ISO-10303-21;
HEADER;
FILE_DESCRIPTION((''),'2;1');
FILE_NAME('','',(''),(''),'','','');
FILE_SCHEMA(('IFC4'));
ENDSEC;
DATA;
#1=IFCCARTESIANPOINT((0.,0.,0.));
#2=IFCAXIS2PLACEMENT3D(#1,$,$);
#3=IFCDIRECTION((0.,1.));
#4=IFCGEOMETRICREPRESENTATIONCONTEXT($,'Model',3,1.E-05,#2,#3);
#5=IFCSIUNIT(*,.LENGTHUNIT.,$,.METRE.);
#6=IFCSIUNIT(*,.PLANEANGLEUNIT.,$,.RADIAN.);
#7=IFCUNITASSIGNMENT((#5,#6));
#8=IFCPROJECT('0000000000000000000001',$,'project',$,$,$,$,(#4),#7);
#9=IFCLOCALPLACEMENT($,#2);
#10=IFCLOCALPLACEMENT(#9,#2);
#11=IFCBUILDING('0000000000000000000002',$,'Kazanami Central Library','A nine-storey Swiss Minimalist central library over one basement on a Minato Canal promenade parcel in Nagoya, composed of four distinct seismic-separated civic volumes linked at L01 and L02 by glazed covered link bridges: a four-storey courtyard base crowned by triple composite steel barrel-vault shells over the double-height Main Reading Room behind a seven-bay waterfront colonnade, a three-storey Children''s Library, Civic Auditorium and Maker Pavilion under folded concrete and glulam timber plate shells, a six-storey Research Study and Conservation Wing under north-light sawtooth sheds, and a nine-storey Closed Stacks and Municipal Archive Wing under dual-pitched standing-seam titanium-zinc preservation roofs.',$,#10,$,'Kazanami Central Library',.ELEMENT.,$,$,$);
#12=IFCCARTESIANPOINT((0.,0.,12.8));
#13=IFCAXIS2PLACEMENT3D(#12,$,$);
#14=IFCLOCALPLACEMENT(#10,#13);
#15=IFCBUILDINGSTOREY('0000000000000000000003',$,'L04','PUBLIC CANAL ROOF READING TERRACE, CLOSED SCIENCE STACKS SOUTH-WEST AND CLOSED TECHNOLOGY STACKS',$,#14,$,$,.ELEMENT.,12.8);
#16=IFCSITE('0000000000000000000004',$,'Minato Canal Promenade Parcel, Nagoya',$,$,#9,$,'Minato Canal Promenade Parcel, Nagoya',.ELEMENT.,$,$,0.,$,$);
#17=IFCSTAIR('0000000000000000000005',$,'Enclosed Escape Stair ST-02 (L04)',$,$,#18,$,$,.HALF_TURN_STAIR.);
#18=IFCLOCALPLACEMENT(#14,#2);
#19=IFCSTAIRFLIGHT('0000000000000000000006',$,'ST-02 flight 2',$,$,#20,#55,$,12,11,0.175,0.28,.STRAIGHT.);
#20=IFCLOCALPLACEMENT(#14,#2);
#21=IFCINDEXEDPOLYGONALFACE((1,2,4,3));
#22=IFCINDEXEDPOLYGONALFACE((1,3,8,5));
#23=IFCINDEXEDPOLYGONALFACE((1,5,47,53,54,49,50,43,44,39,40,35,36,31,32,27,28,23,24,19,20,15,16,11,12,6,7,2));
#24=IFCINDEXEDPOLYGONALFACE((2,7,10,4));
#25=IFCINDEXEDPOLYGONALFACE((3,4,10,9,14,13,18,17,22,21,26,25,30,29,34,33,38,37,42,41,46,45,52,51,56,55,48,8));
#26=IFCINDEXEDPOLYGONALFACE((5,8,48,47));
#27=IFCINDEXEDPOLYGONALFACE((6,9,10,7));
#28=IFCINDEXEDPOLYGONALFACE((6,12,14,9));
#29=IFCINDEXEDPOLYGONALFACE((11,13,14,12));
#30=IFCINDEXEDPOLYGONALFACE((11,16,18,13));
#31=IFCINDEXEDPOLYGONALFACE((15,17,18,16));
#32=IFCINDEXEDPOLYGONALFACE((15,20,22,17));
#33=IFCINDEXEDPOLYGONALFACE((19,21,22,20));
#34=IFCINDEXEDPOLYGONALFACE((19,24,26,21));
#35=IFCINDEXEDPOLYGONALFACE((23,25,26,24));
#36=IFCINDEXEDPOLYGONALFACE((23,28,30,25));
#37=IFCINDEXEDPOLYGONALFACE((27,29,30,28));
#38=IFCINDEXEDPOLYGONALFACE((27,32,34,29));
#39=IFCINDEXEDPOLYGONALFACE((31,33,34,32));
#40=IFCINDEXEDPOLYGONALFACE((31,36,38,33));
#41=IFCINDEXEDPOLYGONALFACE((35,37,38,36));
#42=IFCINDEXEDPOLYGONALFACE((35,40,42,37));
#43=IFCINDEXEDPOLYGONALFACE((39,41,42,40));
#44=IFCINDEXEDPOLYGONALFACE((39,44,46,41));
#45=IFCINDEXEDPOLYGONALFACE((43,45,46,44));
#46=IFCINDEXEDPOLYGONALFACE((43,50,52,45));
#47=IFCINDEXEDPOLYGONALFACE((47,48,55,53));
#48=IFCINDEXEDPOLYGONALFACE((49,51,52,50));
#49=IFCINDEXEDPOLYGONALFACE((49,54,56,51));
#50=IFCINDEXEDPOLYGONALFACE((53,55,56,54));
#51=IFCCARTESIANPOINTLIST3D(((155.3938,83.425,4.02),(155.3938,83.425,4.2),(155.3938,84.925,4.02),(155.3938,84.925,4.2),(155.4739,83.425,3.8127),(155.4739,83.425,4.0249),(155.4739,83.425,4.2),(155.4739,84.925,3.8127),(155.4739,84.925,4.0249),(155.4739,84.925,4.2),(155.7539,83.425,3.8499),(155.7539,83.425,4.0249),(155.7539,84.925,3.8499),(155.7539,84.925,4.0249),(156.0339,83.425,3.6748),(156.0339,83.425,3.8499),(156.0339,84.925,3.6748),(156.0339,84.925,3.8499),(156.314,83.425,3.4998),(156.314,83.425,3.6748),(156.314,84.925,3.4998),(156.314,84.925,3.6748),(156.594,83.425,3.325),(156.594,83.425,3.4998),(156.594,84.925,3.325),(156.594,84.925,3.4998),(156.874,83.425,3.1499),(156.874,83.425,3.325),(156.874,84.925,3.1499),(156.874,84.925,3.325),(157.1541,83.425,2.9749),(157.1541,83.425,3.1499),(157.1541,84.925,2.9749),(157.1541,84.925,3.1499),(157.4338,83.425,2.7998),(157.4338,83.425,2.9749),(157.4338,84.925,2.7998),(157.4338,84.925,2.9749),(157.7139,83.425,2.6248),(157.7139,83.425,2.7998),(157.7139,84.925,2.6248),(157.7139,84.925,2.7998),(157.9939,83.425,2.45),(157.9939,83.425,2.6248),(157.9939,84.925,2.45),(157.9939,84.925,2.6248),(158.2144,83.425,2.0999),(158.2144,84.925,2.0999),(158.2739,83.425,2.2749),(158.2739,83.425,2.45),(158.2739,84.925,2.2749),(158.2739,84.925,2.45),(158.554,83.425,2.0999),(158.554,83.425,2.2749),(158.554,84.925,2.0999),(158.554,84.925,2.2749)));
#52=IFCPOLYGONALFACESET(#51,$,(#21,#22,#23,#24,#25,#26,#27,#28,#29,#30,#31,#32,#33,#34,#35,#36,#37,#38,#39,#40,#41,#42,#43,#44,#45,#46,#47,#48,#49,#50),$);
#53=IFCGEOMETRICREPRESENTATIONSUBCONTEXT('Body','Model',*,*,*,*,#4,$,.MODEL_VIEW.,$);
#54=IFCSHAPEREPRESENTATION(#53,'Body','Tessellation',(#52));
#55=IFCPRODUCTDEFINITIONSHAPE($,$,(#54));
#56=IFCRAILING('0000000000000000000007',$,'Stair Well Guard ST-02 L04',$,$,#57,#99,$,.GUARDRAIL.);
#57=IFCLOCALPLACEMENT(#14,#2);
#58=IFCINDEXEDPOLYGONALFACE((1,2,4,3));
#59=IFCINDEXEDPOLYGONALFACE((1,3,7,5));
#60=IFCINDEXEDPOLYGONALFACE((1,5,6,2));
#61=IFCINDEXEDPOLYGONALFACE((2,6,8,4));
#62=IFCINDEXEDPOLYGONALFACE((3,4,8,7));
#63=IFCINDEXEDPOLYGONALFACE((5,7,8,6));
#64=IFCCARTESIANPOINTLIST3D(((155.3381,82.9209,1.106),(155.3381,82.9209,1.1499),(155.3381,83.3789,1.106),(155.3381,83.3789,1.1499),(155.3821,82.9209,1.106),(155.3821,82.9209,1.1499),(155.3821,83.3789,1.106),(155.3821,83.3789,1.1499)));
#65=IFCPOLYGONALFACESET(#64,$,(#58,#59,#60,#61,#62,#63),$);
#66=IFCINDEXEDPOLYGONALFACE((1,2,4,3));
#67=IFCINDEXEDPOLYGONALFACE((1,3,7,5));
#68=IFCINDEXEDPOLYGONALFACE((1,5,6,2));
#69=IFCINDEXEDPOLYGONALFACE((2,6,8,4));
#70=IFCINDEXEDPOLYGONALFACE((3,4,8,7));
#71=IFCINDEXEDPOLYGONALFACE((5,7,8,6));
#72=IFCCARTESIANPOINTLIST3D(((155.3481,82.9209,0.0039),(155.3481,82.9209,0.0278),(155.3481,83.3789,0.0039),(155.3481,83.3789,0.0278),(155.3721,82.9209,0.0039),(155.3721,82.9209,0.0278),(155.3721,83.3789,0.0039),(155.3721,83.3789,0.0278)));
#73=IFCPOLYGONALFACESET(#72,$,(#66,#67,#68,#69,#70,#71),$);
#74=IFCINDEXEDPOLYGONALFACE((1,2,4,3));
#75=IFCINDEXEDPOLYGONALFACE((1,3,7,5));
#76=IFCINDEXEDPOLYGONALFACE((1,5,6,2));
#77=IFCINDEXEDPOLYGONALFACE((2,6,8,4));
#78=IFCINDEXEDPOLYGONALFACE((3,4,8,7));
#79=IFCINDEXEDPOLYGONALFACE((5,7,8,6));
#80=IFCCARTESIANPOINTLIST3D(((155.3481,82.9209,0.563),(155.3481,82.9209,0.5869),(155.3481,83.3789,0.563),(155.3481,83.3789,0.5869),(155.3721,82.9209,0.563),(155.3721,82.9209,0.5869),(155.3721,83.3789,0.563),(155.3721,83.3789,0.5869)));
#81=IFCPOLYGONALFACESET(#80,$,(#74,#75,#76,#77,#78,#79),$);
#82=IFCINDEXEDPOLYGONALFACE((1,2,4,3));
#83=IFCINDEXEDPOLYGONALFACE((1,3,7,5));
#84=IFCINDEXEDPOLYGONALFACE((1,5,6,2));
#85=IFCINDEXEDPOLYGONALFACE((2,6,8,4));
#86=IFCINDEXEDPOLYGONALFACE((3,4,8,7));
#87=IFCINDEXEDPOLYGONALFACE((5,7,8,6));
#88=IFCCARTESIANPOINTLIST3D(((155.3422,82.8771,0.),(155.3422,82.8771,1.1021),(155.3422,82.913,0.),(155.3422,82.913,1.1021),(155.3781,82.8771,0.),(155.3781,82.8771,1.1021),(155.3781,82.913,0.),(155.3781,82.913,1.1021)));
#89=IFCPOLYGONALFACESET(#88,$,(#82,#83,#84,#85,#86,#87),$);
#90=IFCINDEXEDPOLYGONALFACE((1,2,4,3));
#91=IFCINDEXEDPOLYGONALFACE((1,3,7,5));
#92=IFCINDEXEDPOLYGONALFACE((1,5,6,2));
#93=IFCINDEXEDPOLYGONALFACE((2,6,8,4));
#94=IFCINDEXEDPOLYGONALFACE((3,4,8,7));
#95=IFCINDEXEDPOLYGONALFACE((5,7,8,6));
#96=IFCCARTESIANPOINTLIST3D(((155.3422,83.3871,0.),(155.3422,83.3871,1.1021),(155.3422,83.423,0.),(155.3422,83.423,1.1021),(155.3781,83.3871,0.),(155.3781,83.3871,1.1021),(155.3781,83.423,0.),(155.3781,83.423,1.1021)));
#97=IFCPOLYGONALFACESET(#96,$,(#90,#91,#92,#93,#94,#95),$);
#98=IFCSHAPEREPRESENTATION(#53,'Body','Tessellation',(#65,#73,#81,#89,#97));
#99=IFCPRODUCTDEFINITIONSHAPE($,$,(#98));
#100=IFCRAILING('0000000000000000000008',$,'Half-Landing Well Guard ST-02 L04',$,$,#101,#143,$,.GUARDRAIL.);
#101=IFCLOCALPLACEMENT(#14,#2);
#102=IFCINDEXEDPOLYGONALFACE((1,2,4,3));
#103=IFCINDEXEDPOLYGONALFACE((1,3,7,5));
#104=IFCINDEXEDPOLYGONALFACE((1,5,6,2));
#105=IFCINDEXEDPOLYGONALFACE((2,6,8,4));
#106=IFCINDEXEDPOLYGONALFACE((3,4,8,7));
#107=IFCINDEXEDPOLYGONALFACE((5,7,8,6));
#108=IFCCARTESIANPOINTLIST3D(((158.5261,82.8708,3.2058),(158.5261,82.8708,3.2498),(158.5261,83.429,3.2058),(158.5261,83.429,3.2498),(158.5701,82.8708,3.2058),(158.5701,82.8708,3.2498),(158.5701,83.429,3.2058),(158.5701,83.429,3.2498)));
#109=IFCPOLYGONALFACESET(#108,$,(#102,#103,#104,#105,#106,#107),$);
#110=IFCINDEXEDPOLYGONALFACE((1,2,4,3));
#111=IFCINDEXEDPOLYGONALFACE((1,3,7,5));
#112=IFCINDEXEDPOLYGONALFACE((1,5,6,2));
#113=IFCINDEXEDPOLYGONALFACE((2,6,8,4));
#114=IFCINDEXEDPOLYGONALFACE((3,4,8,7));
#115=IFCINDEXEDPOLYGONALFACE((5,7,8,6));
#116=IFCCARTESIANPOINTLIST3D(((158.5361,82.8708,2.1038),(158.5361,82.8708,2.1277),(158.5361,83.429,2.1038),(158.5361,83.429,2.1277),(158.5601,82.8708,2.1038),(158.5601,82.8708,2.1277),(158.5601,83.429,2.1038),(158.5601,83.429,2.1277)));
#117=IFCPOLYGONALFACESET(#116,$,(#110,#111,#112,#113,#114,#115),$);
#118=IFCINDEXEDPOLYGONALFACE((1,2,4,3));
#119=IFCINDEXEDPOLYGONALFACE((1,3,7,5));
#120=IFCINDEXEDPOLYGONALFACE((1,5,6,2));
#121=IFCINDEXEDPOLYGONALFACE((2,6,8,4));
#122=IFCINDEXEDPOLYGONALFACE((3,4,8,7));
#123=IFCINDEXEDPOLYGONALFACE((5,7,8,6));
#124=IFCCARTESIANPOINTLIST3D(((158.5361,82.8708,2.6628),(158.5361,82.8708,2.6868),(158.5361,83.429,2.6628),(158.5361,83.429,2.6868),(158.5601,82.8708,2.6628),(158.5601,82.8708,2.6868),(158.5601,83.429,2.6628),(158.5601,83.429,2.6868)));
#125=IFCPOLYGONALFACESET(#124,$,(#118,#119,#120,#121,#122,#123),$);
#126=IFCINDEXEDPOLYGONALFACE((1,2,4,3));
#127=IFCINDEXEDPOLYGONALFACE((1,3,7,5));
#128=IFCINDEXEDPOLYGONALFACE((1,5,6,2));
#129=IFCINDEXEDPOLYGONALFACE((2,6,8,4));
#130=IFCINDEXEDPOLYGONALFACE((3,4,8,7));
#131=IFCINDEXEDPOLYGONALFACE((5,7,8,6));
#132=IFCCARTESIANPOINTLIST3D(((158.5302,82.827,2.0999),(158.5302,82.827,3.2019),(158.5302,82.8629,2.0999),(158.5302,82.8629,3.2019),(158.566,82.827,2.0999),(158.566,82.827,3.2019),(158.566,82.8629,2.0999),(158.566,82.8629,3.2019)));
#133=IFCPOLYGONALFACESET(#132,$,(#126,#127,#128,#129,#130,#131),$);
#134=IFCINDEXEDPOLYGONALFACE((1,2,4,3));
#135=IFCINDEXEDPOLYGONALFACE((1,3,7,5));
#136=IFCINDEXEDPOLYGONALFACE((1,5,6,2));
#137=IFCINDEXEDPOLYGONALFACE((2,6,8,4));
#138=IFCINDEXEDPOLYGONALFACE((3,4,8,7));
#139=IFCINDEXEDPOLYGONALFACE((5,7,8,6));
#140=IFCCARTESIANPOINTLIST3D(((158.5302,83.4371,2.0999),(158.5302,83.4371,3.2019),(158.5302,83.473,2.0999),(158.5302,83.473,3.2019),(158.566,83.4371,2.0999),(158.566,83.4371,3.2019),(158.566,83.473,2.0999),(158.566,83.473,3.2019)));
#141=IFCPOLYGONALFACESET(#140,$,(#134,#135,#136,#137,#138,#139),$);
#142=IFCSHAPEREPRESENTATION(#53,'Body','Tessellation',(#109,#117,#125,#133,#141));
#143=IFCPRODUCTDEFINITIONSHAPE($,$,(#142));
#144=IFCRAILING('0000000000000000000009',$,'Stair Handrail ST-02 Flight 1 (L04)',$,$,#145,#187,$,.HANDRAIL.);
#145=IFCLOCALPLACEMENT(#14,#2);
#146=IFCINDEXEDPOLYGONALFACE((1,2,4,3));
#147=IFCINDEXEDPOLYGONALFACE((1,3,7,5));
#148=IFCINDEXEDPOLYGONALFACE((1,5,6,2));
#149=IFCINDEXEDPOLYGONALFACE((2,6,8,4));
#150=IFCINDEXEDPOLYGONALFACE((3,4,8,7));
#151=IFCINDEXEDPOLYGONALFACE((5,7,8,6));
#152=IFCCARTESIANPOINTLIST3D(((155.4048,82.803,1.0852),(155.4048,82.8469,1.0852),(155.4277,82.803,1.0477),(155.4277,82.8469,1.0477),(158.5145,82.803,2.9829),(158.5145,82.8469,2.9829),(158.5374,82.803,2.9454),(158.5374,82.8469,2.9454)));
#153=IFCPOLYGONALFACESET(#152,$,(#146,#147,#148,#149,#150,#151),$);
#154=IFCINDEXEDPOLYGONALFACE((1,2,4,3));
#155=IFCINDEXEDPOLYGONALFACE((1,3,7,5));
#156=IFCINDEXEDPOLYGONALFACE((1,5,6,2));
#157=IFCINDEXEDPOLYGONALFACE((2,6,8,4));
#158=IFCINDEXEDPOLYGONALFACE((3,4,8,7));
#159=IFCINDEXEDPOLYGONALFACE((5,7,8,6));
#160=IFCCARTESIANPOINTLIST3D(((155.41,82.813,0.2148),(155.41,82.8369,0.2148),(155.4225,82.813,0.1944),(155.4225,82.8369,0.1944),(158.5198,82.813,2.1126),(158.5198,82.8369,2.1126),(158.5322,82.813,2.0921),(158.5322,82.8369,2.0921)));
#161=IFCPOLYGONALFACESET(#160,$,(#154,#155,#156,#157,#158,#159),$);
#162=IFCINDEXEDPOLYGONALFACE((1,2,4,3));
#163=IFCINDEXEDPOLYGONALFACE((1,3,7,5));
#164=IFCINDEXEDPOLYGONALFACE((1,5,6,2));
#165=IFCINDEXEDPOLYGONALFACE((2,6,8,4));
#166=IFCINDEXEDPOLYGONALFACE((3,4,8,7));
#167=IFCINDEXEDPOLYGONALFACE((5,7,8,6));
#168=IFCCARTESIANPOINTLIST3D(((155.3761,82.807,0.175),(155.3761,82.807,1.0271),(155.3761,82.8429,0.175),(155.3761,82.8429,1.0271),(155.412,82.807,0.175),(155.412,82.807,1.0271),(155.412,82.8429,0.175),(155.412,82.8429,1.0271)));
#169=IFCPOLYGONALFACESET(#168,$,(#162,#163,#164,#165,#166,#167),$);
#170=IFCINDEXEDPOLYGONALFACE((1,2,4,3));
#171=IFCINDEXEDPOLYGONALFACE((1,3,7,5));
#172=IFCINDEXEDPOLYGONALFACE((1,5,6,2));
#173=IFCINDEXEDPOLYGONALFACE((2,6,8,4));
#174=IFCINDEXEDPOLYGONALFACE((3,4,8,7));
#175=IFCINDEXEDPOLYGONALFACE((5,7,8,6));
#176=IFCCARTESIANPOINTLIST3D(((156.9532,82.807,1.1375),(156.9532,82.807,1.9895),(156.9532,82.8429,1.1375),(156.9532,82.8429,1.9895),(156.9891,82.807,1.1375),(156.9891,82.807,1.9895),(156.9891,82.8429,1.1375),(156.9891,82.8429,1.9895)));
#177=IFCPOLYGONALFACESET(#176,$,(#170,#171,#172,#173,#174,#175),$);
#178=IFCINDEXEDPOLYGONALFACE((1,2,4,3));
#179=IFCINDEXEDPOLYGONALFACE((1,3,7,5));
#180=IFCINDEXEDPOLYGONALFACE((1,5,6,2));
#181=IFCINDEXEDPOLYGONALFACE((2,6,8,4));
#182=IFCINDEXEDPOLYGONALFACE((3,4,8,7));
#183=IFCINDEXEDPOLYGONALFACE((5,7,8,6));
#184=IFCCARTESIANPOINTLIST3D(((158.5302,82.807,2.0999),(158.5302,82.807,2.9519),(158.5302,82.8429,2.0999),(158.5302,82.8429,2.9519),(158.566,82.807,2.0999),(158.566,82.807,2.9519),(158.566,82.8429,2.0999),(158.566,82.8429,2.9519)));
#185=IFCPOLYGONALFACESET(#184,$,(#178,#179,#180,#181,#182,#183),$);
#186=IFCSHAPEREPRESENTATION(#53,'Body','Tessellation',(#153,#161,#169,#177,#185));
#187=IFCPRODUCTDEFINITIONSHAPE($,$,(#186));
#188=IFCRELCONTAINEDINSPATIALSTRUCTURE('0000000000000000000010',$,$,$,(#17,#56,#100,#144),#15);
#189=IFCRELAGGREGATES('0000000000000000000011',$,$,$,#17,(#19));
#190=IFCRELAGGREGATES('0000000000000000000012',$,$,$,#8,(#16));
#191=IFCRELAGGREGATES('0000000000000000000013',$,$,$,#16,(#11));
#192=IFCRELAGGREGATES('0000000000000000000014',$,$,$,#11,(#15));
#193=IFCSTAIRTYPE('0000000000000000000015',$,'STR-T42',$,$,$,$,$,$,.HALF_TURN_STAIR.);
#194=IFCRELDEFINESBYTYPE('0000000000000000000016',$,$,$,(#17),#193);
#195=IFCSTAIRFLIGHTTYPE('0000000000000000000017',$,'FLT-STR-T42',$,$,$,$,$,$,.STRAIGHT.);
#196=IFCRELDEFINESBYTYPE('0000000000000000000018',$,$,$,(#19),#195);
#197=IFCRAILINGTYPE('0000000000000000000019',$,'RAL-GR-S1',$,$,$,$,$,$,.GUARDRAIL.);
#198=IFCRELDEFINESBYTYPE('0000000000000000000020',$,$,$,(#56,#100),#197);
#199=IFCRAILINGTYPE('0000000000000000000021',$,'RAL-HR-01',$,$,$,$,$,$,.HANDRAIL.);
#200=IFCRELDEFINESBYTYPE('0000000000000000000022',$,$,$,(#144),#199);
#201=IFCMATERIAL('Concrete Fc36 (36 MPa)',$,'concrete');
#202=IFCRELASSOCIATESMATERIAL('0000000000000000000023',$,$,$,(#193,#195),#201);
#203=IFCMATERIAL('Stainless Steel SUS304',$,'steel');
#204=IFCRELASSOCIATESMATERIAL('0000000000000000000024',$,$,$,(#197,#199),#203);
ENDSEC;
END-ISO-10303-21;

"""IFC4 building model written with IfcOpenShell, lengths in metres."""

from ifc_helpers import new_model, si_unit, direction, frame, origin, origin_2d, place, context, subcontext, project, spatial, polyline, rectangle, outline, extrude, material, type_object, element, aggregate, save


model = new_model("IFC4")

# Units and contexts
model_context = context("Model", 3, precision=1e-05, world=origin(), true_north=direction((0.0, 1.0)))
body_context = subcontext(model_context, "Body", "Model", "MODEL_VIEW")
ifc_project = project(units=[si_unit("LENGTHUNIT", "METRE"), si_unit("PLANEANGLEUNIT", "RADIAN")], contexts=[model_context])

# Site, building, storey
site_placement = place(None, origin())
site = spatial("IfcSite", under=ifc_project, at=site_placement, Name="Minato Canal Promenade Parcel, Nagoya", LongName="Minato Canal Promenade Parcel, Nagoya", CompositionType="ELEMENT", RefElevation=0.0)
building_placement = place(site_placement, origin())
building = spatial("IfcBuilding", under=site, at=building_placement, Name="Kazanami Central Library", Description="A nine-storey Swiss Minimalist central library over one basement on a Minato Canal promenade parcel in Nagoya, composed of four distinct seismic-separated civic volumes linked at L01 and L02 by glazed covered link bridges: a four-storey courtyard base crowned by triple composite steel barrel-vault shells over the double-height Main Reading Room behind a seven-bay waterfront colonnade, a three-storey Children's Library, Civic Auditorium and Maker Pavilion under folded concrete and glulam timber plate shells, a six-storey Research Study and Conservation Wing under north-light sawtooth sheds, and a nine-storey Closed Stacks and Municipal Archive Wing under dual-pitched standing-seam titanium-zinc preservation roofs.", LongName="Kazanami Central Library", CompositionType="ELEMENT")
storey_placement = place(building_placement, frame((0.0, 0.0, 12.8)))
storey = spatial("IfcBuildingStorey", under=building, at=storey_placement, Name="L04", Description="PUBLIC CANAL ROOF READING TERRACE, CLOSED SCIENCE STACKS SOUTH-WEST AND CLOSED TECHNOLOGY STACKS", CompositionType="ELEMENT", Elevation=12.8)

# Shared definitions
ifc_material_1 = material(Name="Concrete Fc36 (36 MPa)", Category="concrete")

# Stair, stair flight
stair_type = type_object("IfcStairType", Name="STR-T42", PredefinedType="HALF_TURN_STAIR", material=ifc_material_1)
stair_placement = place(storey_placement, origin())
stair = element("IfcStair", 1, at=stair_placement, inside=storey, type_object=stair_type, Name="Enclosed Escape Stair ST-02 (L04)", PredefinedType="HALF_TURN_STAIR")
stair_flight_type = type_object("IfcStairFlightType", Name="FLT-STR-T42", PredefinedType="STRAIGHT", material=ifc_material_1)
stair_flight_1_placement = place(storey_placement, frame((158.554, 84.175, 2.0999), z_axis=(0.0, 0.0, 1.0), x_axis=(-1.0, 0.0, 0.0)))
stair_flight_1 = element("IfcStairFlight", 2, at=stair_flight_1_placement, type_object=stair_flight_type, Name="ST-02 flight 2", NumberOfRisers=12, NumberOfTreads=11, PredefinedType="STRAIGHT", RiserHeight=0.175, TreadLength=0.28, context=body_context, shape_type="SweptSolid", body=[
    extrude(outline(polyline([(0.0, 0.0), (0.0, 0.175), (0.28, 0.175), (0.28, 0.3501), (0.5601, 0.3501), (0.5601, 0.5249), (0.8401, 0.5249), (0.8401, 0.7), (1.1201, 0.7), (1.1201, 0.875), (1.3999, 0.875), (1.3999, 1.05), (1.6799, 1.05), (1.6799, 1.2251), (1.96, 1.2251), (1.96, 1.3999), (2.24, 1.3999), (2.24, 1.575), (2.52, 1.575), (2.52, 1.75), (2.8, 1.75), (2.8, 1.925), (3.0801, 1.925), (3.0801, 2.1001), (3.1602, 2.1001), (3.1602, 1.9202), (3.0801, 1.7129), (0.3396, 0.0), (0.0, 0.0)])), frame((0.0, 0.75, 0.0), z_axis=(0.0, -1.0, 0.0), x_axis=(1.0, 0.0, 0.0)), (0.0, 0.0, 1.0), 1.5),
])
aggregate(stair, [stair_flight_1])

# Railings
ifc_material_2 = material(Name="Stainless Steel SUS304", Category="steel")
railing_type_1 = type_object("IfcRailingType", Name="RAL-GR-S1", PredefinedType="GUARDRAIL", material=ifc_material_2)
railing_1_placement = place(storey_placement, frame((155.3601, 82.895, 0.0)))
element("IfcRailing", 3, at=railing_1_placement, inside=storey, type_object=railing_type_1, Name="Stair Well Guard ST-02 L04", PredefinedType="GUARDRAIL", context=body_context, shape_type="SweptSolid", body=[
    extrude(rectangle(XDim=0.0439, YDim=0.0439, at=origin_2d()), frame((0.0, 0.0259, 1.1279), z_axis=(0.0, 1.0, 0.0), x_axis=(-1.0, 0.0, 0.0)), (0.0, 0.0, 1.0), 0.458),
    extrude(rectangle(XDim=0.0239, YDim=0.0239, at=origin_2d()), frame((0.0, 0.0259, 0.0159), z_axis=(0.0, 1.0, 0.0), x_axis=(-1.0, 0.0, 0.0)), (0.0, 0.0, 1.0), 0.458),
    extrude(rectangle(XDim=0.0239, YDim=0.0239, at=origin_2d()), frame((0.0, 0.0259, 0.575), z_axis=(0.0, 1.0, 0.0), x_axis=(-1.0, 0.0, 0.0)), (0.0, 0.0, 1.0), 0.458),
    extrude(rectangle(XDim=0.0359, YDim=0.0359, at=origin_2d()), origin(), (0.0, 0.0, 1.0), 1.1021),
    extrude(rectangle(XDim=0.0359, YDim=0.0359, at=origin_2d()), frame((0.0, 0.51, 0.0)), (0.0, 0.0, 1.0), 1.1021),
])
railing_2_placement = place(storey_placement, frame((158.5481, 82.845, 2.0999)))
element("IfcRailing", 4, at=railing_2_placement, inside=storey, type_object=railing_type_1, Name="Half-Landing Well Guard ST-02 L04", PredefinedType="GUARDRAIL", context=body_context, shape_type="SweptSolid", body=[
    extrude(rectangle(XDim=0.0439, YDim=0.0439, at=origin_2d()), frame((0.0, 0.0259, 1.1279), z_axis=(0.0, 1.0, 0.0), x_axis=(-1.0, 0.0, 0.0)), (0.0, 0.0, 1.0), 0.5581),
    extrude(rectangle(XDim=0.0239, YDim=0.0239, at=origin_2d()), frame((0.0, 0.0259, 0.0159), z_axis=(0.0, 1.0, 0.0), x_axis=(-1.0, 0.0, 0.0)), (0.0, 0.0, 1.0), 0.5581),
    extrude(rectangle(XDim=0.0239, YDim=0.0239, at=origin_2d()), frame((0.0, 0.0259, 0.575), z_axis=(0.0, 1.0, 0.0), x_axis=(-1.0, 0.0, 0.0)), (0.0, 0.0, 1.0), 0.5581),
    extrude(rectangle(XDim=0.0359, YDim=0.0359, at=origin_2d()), origin(), (0.0, 0.0, 1.0), 1.1021),
    extrude(rectangle(XDim=0.0359, YDim=0.0359, at=origin_2d()), frame((0.0, 0.6101, 0.0)), (0.0, 0.0, 1.0), 1.1021),
])
railing_type_2 = type_object("IfcRailingType", Name="RAL-HR-01", PredefinedType="HANDRAIL", material=ifc_material_2)
railing_3_placement = place(storey_placement, frame((155.394, 82.825, 0.175)))
element("IfcRailing", 5, at=railing_3_placement, inside=storey, type_object=railing_type_2, Name="Stair Handrail ST-02 Flight 1 (L04)", PredefinedType="HANDRAIL", context=body_context, shape_type="SweptSolid", body=[
    extrude(rectangle(XDim=0.0439, YDim=0.0439, at=origin_2d()), frame((0.0222, 0.0, 0.8914), z_axis=(0.853603, 0.0, 0.520923), x_axis=(0.0, 1.0, 0.0)), (0.0, 0.0, 1.0), 3.6431),
    extrude(rectangle(XDim=0.0239, YDim=0.0239, at=origin_2d()), frame((0.0222, 0.0, 0.0295), z_axis=(0.853603, 0.0, 0.520923), x_axis=(0.0, 1.0, 0.0)), (0.0, 0.0, 1.0), 3.6431),
    extrude(rectangle(XDim=0.0359, YDim=0.0359, at=origin_2d()), origin(), (0.0, 0.0, 1.0), 0.8521),
    extrude(rectangle(XDim=0.0359, YDim=0.0359, at=origin_2d()), frame((1.5771, 0.0, 0.9624)), (0.0, 0.0, 1.0), 0.8521),
    extrude(rectangle(XDim=0.0359, YDim=0.0359, at=origin_2d()), frame((3.1541, 0.0, 1.9248)), (0.0, 0.0, 1.0), 0.8521),
])

save(model, "model.ifc")
